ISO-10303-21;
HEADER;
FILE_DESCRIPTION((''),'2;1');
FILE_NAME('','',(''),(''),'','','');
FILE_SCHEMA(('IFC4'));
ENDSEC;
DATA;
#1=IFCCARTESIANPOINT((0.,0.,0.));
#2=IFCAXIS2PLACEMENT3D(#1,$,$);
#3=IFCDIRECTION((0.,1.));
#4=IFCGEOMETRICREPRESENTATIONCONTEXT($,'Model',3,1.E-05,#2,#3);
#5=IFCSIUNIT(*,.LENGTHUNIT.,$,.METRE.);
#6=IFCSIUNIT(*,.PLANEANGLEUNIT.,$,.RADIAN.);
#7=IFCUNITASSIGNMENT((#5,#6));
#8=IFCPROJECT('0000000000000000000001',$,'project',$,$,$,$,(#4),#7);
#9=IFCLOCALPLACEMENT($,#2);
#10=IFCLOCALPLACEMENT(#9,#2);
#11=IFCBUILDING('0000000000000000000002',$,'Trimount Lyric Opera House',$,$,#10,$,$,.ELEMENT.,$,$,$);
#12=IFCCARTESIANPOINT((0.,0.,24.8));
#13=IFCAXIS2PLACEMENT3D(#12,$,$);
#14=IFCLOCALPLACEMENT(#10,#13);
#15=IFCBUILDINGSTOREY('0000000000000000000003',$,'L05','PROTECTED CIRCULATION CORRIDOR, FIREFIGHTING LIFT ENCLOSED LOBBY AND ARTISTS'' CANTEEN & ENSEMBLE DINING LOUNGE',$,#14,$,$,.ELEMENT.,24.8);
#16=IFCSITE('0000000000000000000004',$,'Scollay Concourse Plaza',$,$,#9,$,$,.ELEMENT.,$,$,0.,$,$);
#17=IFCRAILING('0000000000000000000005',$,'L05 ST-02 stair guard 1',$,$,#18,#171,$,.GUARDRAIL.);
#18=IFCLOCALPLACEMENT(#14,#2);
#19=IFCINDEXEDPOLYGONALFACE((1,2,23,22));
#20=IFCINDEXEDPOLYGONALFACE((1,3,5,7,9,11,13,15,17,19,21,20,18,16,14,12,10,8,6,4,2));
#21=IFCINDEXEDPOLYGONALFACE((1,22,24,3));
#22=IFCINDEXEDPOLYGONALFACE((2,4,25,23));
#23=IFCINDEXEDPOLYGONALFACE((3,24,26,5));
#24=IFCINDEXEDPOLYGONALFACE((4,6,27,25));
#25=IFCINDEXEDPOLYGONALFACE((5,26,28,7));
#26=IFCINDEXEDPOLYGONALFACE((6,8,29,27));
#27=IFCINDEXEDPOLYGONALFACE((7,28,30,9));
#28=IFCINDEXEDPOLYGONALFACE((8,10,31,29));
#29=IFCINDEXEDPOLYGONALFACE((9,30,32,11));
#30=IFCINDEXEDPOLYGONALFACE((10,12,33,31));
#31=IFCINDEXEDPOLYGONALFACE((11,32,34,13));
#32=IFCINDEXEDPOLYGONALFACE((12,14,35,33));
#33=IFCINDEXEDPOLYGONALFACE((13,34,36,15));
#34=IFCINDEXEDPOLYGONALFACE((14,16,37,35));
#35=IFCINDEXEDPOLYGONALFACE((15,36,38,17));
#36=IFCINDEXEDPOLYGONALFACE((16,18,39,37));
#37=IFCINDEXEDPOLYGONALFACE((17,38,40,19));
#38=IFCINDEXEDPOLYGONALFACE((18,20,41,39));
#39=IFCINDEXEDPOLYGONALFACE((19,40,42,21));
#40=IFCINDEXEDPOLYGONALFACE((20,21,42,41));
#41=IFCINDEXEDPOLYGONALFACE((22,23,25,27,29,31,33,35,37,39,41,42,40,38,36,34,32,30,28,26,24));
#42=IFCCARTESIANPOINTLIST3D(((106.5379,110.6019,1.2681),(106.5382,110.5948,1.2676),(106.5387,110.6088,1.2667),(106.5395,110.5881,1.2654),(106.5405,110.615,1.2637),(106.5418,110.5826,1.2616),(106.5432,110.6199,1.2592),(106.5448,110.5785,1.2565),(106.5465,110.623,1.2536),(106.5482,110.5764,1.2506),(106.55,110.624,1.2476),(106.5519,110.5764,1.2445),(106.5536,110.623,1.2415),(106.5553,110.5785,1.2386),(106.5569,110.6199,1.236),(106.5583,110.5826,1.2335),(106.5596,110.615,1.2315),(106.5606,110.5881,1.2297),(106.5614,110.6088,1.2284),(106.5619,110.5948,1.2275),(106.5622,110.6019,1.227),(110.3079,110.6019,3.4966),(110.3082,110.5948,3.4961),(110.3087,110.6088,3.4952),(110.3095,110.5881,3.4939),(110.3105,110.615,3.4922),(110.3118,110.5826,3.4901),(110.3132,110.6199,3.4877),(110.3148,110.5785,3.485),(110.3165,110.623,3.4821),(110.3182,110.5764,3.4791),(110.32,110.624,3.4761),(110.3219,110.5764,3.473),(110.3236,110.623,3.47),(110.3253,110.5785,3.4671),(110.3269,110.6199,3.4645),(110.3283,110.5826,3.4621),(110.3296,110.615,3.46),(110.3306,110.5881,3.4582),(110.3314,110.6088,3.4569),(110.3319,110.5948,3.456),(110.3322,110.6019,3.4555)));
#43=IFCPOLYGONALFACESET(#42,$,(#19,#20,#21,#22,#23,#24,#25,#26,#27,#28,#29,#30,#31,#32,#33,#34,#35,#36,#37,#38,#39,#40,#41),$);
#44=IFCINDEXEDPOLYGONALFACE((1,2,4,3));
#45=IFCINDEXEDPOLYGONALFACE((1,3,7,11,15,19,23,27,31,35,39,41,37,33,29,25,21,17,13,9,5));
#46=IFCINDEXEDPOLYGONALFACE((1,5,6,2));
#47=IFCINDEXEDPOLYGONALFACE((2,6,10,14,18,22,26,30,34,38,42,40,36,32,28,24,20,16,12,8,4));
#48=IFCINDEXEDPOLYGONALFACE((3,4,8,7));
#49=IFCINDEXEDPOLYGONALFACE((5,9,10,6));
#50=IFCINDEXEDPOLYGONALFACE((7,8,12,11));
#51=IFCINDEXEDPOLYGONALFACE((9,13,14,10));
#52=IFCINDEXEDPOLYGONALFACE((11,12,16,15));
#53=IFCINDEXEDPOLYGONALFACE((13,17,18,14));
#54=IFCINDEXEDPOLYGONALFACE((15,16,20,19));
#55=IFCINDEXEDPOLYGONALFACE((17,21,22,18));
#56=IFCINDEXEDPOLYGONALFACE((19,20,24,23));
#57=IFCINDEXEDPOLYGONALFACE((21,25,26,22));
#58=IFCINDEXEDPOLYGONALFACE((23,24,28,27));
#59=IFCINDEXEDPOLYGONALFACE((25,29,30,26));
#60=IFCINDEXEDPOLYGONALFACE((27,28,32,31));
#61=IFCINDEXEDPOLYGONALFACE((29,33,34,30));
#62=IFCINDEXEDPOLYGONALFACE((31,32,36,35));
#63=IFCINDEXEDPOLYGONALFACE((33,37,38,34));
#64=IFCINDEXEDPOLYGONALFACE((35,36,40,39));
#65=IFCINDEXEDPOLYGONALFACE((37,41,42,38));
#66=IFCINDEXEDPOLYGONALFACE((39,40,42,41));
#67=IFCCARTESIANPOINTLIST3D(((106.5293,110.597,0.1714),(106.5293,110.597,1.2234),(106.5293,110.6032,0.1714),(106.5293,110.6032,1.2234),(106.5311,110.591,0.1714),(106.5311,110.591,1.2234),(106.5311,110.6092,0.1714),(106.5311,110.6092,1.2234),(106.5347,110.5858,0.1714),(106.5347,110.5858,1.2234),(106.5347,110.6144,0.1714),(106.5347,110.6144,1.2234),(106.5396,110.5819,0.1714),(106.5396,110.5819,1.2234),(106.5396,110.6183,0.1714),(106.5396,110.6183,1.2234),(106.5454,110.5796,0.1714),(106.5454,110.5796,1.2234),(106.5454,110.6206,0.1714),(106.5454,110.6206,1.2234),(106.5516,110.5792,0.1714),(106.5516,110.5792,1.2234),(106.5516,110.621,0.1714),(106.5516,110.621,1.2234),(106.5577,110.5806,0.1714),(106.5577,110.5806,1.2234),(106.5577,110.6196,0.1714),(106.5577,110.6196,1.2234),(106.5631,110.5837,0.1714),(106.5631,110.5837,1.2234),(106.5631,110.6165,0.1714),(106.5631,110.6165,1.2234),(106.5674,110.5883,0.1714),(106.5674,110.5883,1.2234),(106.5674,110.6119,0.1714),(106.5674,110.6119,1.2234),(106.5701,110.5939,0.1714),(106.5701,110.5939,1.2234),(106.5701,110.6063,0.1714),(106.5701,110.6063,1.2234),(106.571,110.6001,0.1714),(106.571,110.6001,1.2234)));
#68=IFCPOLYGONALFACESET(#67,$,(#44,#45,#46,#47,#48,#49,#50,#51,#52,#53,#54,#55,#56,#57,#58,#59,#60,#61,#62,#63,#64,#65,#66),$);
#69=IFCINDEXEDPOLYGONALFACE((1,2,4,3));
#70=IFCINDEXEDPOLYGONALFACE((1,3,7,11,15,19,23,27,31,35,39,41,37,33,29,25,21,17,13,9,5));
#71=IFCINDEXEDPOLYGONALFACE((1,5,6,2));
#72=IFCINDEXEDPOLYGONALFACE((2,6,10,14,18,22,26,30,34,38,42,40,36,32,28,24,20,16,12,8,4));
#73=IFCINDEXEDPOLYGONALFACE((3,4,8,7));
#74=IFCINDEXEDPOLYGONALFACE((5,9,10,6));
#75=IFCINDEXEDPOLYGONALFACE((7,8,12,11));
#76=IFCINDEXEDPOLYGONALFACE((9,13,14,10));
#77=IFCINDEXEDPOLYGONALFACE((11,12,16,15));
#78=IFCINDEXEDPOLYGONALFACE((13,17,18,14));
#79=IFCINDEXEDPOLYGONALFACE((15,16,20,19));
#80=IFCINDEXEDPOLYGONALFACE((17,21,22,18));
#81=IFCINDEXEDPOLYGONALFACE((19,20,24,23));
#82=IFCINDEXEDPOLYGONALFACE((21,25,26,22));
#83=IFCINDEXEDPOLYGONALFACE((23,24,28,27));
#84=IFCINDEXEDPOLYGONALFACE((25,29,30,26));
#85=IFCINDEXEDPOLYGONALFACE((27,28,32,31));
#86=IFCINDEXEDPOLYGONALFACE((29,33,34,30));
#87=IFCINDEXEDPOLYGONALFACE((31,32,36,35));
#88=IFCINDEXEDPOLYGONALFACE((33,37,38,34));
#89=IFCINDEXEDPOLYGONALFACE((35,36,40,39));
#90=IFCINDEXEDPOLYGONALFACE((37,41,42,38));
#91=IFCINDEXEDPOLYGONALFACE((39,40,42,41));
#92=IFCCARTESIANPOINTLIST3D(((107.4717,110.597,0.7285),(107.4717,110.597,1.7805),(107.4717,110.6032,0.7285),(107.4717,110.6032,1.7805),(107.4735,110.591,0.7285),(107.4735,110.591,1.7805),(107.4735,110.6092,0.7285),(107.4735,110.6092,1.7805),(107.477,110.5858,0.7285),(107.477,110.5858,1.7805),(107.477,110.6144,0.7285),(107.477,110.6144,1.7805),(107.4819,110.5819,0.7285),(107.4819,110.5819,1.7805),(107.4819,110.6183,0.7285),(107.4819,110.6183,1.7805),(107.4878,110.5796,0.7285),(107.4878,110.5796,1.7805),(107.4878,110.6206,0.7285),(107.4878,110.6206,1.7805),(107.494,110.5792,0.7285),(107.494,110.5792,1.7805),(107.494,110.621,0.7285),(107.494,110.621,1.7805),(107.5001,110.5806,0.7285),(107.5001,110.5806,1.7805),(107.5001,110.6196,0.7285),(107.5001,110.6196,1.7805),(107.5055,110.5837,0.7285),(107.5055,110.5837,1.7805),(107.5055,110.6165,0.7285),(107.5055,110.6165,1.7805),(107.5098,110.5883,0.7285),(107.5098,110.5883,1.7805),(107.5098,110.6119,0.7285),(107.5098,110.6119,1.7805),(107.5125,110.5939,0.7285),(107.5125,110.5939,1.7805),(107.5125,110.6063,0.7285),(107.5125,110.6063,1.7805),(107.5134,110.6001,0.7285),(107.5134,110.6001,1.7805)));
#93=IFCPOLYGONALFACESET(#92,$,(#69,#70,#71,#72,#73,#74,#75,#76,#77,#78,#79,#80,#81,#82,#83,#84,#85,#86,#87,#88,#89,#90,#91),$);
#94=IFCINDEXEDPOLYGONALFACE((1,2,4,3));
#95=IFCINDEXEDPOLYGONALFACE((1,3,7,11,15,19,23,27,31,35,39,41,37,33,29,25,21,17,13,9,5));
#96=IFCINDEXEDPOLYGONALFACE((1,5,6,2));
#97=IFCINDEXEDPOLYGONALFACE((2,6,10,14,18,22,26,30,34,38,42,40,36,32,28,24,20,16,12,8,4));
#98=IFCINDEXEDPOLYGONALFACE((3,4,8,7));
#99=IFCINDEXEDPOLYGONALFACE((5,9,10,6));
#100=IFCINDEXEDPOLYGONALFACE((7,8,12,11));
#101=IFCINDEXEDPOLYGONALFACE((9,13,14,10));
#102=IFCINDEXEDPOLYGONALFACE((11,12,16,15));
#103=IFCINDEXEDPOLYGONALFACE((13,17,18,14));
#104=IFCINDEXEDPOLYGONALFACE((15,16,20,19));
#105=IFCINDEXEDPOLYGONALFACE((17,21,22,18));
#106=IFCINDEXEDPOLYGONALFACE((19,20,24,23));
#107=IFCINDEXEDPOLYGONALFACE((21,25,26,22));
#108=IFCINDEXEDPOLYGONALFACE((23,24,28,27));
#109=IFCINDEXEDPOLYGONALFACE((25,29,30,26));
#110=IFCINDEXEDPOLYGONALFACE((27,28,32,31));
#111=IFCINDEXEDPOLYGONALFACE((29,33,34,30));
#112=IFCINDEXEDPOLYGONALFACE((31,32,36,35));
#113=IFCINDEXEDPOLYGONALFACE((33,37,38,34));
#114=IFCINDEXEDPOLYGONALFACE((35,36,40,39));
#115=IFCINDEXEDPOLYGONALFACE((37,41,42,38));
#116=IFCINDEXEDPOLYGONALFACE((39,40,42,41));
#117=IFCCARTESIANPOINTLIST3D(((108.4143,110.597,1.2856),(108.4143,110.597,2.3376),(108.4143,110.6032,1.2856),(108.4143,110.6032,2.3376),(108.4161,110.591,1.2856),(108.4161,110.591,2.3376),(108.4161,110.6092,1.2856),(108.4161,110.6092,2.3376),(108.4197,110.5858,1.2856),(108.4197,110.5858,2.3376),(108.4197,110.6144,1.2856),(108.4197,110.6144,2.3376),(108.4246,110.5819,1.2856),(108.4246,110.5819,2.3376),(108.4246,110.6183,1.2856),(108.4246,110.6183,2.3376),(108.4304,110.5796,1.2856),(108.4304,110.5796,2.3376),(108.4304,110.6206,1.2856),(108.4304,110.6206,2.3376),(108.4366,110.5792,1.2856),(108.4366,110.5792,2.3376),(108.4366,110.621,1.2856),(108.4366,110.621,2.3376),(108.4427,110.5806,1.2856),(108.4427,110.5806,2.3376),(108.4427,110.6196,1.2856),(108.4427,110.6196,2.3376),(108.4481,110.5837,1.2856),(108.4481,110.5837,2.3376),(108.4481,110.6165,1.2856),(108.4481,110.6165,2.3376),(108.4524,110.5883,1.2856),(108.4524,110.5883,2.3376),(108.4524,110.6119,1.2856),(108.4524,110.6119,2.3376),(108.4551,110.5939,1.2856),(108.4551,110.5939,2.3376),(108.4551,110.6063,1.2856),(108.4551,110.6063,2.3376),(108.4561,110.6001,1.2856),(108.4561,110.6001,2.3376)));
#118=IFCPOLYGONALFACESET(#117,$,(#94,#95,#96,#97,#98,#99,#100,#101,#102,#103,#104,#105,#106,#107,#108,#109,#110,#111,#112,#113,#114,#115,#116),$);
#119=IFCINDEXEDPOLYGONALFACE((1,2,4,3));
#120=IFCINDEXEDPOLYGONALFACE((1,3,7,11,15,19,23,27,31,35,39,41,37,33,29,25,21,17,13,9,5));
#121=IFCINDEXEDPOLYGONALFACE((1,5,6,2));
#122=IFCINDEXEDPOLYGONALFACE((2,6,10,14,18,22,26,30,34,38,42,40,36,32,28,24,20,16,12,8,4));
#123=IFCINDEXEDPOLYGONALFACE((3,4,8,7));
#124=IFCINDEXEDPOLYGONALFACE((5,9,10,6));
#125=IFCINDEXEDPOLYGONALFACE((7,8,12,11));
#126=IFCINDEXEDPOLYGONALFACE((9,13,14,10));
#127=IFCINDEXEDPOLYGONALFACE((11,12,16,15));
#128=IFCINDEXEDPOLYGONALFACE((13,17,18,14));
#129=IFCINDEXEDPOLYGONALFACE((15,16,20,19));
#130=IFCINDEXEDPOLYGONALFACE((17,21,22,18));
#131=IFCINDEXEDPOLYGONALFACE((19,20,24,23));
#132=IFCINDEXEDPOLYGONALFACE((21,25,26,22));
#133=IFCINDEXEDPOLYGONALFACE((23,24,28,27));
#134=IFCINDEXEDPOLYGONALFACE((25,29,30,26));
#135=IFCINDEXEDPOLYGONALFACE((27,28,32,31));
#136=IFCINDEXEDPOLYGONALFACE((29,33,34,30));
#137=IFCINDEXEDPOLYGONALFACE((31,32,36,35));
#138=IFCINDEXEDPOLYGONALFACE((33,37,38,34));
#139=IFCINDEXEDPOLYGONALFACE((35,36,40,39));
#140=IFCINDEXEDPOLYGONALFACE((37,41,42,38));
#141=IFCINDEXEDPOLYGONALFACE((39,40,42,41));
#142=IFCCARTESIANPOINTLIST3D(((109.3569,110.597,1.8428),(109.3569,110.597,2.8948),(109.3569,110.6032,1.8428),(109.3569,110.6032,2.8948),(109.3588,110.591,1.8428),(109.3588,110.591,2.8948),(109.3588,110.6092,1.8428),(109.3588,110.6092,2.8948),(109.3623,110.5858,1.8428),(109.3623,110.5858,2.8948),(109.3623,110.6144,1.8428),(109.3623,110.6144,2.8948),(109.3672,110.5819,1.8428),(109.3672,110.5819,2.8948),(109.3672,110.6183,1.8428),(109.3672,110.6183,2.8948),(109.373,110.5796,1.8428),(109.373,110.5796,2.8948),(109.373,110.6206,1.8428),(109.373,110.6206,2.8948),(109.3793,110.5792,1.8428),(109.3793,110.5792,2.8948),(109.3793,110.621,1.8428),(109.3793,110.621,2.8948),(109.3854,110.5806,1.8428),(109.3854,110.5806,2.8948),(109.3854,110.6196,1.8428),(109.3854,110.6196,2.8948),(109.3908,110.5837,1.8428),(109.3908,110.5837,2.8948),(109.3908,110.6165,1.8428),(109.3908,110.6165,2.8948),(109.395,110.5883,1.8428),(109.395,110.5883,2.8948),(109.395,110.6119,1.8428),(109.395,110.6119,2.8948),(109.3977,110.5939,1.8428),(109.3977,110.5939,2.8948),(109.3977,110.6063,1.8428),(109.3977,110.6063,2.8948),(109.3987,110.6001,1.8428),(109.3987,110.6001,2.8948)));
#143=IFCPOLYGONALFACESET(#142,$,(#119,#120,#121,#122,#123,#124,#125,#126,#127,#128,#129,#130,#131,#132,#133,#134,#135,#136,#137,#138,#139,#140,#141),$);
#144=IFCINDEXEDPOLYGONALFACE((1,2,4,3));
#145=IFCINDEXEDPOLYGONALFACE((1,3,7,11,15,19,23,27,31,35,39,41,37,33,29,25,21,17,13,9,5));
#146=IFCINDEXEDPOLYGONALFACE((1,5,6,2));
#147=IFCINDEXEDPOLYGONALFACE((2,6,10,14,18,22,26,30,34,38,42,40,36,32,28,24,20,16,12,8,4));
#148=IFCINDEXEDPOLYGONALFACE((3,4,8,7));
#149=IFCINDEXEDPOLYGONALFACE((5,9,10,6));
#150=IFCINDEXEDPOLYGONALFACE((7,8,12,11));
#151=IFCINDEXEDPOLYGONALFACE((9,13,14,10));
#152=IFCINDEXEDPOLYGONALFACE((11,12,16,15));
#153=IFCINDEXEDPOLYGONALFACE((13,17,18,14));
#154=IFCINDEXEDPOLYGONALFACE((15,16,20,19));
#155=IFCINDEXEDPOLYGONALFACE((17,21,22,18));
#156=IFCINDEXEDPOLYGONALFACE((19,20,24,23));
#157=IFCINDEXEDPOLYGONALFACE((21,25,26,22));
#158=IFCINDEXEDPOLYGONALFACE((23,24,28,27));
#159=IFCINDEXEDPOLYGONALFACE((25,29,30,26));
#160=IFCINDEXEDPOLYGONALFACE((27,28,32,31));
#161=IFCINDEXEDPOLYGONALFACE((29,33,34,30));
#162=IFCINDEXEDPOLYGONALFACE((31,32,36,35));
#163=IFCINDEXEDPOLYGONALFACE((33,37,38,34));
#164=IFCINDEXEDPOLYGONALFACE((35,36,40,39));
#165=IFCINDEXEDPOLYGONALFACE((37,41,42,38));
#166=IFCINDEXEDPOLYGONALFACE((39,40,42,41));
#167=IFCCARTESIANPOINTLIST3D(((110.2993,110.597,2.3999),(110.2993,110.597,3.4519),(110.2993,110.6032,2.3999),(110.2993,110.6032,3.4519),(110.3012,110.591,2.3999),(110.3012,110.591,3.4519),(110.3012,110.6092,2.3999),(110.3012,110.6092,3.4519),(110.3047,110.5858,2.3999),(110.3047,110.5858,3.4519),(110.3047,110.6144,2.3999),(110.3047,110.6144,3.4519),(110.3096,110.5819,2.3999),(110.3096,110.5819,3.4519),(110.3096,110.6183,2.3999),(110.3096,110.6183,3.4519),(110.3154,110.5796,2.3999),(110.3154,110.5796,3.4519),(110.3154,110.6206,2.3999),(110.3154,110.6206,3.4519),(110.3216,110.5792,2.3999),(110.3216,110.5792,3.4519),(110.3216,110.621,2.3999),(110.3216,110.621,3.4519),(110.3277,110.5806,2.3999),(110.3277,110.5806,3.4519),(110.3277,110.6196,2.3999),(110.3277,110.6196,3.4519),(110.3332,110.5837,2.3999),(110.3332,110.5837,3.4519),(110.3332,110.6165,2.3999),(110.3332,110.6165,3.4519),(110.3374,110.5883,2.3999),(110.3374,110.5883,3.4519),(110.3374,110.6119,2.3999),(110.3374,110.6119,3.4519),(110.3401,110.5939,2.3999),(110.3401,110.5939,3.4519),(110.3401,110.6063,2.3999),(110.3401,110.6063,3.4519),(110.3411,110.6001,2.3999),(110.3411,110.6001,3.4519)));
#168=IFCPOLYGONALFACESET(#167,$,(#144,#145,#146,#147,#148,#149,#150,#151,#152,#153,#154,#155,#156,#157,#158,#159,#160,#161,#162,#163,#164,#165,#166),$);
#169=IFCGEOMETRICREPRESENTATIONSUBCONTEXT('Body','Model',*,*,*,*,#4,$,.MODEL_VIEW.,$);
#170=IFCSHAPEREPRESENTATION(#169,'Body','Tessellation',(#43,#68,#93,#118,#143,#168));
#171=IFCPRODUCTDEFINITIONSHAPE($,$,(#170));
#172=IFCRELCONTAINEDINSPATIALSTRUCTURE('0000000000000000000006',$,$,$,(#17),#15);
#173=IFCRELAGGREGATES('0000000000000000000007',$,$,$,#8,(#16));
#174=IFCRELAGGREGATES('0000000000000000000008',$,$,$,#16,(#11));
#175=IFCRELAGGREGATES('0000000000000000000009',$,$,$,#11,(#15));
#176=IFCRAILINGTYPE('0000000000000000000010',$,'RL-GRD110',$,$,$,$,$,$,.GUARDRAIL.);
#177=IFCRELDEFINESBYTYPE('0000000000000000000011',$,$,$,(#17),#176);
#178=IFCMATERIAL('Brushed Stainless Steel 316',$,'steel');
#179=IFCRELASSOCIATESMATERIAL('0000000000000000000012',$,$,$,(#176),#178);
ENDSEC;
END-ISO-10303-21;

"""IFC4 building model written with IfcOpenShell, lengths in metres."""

from ifc_helpers import new_model, si_unit, direction, frame, origin, origin_2d, place, context, subcontext, project, spatial, circle, extrude, material, type_object, element, save


model = new_model("IFC4")

# Units and contexts
model_context = context("Model", 3, precision=1e-05, world=origin(), true_north=direction((0.0, 1.0)))
body_context = subcontext(model_context, "Body", "Model", "MODEL_VIEW")
ifc_project = project(units=[si_unit("LENGTHUNIT", "METRE"), si_unit("PLANEANGLEUNIT", "RADIAN")], contexts=[model_context])

# Site, building, storey
site_placement = place(None, origin())
site = spatial("IfcSite", under=ifc_project, at=site_placement, Name="Scollay Concourse Plaza", CompositionType="ELEMENT", RefElevation=0.0)
building_placement = place(site_placement, origin())
building = spatial("IfcBuilding", under=site, at=building_placement, Name="Trimount Lyric Opera House", CompositionType="ELEMENT")
storey_placement = place(building_placement, frame((0.0, 0.0, 24.8)))
storey = spatial("IfcBuildingStorey", under=building, at=storey_placement, Name="L05", Description="PROTECTED CIRCULATION CORRIDOR, FIREFIGHTING LIFT ENCLOSED LOBBY AND ARTISTS' CANTEEN & ENSEMBLE DINING LOUNGE", CompositionType="ELEMENT", Elevation=24.8)

# Railing
ifc_material_1 = material(Name="Brushed Stainless Steel 316", Category="steel")
railing_type_1 = type_object("IfcRailingType", Name="RL-GRD110", PredefinedType="GUARDRAIL", material=ifc_material_1)
railing_1_placement = place(storey_placement, frame((106.55, 110.6001, 0.1714)))
element("IfcRailing", 1, at=railing_1_placement, inside=storey, type_object=railing_type_1, Name="L05 ST-02 stair guard 1", PredefinedType="GUARDRAIL", context=body_context, shape_type="SweptSolid", body=[
    extrude(circle(Radius=0.0239, at=origin_2d()), frame((0.0, 0.0, 1.0762), z_axis=(0.860849, 0.0, 0.508861), x_axis=(0.0, 1.0, 0.0)), (0.0, 0.0, 1.0), 4.3794),
    extrude(circle(Radius=0.021, at=origin_2d()), origin(), (0.0, 0.0, 1.0), 1.052),
    extrude(circle(Radius=0.021, at=origin_2d()), frame((0.9424, 0.0, 0.5571)), (0.0, 0.0, 1.0), 1.052),
    extrude(circle(Radius=0.021, at=origin_2d()), frame((1.885, 0.0, 1.1143)), (0.0, 0.0, 1.0), 1.052),
    extrude(circle(Radius=0.021, at=origin_2d()), frame((2.8276, 0.0, 1.6714)), (0.0, 0.0, 1.0), 1.052),
    extrude(circle(Radius=0.021, at=origin_2d()), frame((3.77, 0.0, 2.2285)), (0.0, 0.0, 1.0), 1.052),
])

save(model, "model.ifc")
